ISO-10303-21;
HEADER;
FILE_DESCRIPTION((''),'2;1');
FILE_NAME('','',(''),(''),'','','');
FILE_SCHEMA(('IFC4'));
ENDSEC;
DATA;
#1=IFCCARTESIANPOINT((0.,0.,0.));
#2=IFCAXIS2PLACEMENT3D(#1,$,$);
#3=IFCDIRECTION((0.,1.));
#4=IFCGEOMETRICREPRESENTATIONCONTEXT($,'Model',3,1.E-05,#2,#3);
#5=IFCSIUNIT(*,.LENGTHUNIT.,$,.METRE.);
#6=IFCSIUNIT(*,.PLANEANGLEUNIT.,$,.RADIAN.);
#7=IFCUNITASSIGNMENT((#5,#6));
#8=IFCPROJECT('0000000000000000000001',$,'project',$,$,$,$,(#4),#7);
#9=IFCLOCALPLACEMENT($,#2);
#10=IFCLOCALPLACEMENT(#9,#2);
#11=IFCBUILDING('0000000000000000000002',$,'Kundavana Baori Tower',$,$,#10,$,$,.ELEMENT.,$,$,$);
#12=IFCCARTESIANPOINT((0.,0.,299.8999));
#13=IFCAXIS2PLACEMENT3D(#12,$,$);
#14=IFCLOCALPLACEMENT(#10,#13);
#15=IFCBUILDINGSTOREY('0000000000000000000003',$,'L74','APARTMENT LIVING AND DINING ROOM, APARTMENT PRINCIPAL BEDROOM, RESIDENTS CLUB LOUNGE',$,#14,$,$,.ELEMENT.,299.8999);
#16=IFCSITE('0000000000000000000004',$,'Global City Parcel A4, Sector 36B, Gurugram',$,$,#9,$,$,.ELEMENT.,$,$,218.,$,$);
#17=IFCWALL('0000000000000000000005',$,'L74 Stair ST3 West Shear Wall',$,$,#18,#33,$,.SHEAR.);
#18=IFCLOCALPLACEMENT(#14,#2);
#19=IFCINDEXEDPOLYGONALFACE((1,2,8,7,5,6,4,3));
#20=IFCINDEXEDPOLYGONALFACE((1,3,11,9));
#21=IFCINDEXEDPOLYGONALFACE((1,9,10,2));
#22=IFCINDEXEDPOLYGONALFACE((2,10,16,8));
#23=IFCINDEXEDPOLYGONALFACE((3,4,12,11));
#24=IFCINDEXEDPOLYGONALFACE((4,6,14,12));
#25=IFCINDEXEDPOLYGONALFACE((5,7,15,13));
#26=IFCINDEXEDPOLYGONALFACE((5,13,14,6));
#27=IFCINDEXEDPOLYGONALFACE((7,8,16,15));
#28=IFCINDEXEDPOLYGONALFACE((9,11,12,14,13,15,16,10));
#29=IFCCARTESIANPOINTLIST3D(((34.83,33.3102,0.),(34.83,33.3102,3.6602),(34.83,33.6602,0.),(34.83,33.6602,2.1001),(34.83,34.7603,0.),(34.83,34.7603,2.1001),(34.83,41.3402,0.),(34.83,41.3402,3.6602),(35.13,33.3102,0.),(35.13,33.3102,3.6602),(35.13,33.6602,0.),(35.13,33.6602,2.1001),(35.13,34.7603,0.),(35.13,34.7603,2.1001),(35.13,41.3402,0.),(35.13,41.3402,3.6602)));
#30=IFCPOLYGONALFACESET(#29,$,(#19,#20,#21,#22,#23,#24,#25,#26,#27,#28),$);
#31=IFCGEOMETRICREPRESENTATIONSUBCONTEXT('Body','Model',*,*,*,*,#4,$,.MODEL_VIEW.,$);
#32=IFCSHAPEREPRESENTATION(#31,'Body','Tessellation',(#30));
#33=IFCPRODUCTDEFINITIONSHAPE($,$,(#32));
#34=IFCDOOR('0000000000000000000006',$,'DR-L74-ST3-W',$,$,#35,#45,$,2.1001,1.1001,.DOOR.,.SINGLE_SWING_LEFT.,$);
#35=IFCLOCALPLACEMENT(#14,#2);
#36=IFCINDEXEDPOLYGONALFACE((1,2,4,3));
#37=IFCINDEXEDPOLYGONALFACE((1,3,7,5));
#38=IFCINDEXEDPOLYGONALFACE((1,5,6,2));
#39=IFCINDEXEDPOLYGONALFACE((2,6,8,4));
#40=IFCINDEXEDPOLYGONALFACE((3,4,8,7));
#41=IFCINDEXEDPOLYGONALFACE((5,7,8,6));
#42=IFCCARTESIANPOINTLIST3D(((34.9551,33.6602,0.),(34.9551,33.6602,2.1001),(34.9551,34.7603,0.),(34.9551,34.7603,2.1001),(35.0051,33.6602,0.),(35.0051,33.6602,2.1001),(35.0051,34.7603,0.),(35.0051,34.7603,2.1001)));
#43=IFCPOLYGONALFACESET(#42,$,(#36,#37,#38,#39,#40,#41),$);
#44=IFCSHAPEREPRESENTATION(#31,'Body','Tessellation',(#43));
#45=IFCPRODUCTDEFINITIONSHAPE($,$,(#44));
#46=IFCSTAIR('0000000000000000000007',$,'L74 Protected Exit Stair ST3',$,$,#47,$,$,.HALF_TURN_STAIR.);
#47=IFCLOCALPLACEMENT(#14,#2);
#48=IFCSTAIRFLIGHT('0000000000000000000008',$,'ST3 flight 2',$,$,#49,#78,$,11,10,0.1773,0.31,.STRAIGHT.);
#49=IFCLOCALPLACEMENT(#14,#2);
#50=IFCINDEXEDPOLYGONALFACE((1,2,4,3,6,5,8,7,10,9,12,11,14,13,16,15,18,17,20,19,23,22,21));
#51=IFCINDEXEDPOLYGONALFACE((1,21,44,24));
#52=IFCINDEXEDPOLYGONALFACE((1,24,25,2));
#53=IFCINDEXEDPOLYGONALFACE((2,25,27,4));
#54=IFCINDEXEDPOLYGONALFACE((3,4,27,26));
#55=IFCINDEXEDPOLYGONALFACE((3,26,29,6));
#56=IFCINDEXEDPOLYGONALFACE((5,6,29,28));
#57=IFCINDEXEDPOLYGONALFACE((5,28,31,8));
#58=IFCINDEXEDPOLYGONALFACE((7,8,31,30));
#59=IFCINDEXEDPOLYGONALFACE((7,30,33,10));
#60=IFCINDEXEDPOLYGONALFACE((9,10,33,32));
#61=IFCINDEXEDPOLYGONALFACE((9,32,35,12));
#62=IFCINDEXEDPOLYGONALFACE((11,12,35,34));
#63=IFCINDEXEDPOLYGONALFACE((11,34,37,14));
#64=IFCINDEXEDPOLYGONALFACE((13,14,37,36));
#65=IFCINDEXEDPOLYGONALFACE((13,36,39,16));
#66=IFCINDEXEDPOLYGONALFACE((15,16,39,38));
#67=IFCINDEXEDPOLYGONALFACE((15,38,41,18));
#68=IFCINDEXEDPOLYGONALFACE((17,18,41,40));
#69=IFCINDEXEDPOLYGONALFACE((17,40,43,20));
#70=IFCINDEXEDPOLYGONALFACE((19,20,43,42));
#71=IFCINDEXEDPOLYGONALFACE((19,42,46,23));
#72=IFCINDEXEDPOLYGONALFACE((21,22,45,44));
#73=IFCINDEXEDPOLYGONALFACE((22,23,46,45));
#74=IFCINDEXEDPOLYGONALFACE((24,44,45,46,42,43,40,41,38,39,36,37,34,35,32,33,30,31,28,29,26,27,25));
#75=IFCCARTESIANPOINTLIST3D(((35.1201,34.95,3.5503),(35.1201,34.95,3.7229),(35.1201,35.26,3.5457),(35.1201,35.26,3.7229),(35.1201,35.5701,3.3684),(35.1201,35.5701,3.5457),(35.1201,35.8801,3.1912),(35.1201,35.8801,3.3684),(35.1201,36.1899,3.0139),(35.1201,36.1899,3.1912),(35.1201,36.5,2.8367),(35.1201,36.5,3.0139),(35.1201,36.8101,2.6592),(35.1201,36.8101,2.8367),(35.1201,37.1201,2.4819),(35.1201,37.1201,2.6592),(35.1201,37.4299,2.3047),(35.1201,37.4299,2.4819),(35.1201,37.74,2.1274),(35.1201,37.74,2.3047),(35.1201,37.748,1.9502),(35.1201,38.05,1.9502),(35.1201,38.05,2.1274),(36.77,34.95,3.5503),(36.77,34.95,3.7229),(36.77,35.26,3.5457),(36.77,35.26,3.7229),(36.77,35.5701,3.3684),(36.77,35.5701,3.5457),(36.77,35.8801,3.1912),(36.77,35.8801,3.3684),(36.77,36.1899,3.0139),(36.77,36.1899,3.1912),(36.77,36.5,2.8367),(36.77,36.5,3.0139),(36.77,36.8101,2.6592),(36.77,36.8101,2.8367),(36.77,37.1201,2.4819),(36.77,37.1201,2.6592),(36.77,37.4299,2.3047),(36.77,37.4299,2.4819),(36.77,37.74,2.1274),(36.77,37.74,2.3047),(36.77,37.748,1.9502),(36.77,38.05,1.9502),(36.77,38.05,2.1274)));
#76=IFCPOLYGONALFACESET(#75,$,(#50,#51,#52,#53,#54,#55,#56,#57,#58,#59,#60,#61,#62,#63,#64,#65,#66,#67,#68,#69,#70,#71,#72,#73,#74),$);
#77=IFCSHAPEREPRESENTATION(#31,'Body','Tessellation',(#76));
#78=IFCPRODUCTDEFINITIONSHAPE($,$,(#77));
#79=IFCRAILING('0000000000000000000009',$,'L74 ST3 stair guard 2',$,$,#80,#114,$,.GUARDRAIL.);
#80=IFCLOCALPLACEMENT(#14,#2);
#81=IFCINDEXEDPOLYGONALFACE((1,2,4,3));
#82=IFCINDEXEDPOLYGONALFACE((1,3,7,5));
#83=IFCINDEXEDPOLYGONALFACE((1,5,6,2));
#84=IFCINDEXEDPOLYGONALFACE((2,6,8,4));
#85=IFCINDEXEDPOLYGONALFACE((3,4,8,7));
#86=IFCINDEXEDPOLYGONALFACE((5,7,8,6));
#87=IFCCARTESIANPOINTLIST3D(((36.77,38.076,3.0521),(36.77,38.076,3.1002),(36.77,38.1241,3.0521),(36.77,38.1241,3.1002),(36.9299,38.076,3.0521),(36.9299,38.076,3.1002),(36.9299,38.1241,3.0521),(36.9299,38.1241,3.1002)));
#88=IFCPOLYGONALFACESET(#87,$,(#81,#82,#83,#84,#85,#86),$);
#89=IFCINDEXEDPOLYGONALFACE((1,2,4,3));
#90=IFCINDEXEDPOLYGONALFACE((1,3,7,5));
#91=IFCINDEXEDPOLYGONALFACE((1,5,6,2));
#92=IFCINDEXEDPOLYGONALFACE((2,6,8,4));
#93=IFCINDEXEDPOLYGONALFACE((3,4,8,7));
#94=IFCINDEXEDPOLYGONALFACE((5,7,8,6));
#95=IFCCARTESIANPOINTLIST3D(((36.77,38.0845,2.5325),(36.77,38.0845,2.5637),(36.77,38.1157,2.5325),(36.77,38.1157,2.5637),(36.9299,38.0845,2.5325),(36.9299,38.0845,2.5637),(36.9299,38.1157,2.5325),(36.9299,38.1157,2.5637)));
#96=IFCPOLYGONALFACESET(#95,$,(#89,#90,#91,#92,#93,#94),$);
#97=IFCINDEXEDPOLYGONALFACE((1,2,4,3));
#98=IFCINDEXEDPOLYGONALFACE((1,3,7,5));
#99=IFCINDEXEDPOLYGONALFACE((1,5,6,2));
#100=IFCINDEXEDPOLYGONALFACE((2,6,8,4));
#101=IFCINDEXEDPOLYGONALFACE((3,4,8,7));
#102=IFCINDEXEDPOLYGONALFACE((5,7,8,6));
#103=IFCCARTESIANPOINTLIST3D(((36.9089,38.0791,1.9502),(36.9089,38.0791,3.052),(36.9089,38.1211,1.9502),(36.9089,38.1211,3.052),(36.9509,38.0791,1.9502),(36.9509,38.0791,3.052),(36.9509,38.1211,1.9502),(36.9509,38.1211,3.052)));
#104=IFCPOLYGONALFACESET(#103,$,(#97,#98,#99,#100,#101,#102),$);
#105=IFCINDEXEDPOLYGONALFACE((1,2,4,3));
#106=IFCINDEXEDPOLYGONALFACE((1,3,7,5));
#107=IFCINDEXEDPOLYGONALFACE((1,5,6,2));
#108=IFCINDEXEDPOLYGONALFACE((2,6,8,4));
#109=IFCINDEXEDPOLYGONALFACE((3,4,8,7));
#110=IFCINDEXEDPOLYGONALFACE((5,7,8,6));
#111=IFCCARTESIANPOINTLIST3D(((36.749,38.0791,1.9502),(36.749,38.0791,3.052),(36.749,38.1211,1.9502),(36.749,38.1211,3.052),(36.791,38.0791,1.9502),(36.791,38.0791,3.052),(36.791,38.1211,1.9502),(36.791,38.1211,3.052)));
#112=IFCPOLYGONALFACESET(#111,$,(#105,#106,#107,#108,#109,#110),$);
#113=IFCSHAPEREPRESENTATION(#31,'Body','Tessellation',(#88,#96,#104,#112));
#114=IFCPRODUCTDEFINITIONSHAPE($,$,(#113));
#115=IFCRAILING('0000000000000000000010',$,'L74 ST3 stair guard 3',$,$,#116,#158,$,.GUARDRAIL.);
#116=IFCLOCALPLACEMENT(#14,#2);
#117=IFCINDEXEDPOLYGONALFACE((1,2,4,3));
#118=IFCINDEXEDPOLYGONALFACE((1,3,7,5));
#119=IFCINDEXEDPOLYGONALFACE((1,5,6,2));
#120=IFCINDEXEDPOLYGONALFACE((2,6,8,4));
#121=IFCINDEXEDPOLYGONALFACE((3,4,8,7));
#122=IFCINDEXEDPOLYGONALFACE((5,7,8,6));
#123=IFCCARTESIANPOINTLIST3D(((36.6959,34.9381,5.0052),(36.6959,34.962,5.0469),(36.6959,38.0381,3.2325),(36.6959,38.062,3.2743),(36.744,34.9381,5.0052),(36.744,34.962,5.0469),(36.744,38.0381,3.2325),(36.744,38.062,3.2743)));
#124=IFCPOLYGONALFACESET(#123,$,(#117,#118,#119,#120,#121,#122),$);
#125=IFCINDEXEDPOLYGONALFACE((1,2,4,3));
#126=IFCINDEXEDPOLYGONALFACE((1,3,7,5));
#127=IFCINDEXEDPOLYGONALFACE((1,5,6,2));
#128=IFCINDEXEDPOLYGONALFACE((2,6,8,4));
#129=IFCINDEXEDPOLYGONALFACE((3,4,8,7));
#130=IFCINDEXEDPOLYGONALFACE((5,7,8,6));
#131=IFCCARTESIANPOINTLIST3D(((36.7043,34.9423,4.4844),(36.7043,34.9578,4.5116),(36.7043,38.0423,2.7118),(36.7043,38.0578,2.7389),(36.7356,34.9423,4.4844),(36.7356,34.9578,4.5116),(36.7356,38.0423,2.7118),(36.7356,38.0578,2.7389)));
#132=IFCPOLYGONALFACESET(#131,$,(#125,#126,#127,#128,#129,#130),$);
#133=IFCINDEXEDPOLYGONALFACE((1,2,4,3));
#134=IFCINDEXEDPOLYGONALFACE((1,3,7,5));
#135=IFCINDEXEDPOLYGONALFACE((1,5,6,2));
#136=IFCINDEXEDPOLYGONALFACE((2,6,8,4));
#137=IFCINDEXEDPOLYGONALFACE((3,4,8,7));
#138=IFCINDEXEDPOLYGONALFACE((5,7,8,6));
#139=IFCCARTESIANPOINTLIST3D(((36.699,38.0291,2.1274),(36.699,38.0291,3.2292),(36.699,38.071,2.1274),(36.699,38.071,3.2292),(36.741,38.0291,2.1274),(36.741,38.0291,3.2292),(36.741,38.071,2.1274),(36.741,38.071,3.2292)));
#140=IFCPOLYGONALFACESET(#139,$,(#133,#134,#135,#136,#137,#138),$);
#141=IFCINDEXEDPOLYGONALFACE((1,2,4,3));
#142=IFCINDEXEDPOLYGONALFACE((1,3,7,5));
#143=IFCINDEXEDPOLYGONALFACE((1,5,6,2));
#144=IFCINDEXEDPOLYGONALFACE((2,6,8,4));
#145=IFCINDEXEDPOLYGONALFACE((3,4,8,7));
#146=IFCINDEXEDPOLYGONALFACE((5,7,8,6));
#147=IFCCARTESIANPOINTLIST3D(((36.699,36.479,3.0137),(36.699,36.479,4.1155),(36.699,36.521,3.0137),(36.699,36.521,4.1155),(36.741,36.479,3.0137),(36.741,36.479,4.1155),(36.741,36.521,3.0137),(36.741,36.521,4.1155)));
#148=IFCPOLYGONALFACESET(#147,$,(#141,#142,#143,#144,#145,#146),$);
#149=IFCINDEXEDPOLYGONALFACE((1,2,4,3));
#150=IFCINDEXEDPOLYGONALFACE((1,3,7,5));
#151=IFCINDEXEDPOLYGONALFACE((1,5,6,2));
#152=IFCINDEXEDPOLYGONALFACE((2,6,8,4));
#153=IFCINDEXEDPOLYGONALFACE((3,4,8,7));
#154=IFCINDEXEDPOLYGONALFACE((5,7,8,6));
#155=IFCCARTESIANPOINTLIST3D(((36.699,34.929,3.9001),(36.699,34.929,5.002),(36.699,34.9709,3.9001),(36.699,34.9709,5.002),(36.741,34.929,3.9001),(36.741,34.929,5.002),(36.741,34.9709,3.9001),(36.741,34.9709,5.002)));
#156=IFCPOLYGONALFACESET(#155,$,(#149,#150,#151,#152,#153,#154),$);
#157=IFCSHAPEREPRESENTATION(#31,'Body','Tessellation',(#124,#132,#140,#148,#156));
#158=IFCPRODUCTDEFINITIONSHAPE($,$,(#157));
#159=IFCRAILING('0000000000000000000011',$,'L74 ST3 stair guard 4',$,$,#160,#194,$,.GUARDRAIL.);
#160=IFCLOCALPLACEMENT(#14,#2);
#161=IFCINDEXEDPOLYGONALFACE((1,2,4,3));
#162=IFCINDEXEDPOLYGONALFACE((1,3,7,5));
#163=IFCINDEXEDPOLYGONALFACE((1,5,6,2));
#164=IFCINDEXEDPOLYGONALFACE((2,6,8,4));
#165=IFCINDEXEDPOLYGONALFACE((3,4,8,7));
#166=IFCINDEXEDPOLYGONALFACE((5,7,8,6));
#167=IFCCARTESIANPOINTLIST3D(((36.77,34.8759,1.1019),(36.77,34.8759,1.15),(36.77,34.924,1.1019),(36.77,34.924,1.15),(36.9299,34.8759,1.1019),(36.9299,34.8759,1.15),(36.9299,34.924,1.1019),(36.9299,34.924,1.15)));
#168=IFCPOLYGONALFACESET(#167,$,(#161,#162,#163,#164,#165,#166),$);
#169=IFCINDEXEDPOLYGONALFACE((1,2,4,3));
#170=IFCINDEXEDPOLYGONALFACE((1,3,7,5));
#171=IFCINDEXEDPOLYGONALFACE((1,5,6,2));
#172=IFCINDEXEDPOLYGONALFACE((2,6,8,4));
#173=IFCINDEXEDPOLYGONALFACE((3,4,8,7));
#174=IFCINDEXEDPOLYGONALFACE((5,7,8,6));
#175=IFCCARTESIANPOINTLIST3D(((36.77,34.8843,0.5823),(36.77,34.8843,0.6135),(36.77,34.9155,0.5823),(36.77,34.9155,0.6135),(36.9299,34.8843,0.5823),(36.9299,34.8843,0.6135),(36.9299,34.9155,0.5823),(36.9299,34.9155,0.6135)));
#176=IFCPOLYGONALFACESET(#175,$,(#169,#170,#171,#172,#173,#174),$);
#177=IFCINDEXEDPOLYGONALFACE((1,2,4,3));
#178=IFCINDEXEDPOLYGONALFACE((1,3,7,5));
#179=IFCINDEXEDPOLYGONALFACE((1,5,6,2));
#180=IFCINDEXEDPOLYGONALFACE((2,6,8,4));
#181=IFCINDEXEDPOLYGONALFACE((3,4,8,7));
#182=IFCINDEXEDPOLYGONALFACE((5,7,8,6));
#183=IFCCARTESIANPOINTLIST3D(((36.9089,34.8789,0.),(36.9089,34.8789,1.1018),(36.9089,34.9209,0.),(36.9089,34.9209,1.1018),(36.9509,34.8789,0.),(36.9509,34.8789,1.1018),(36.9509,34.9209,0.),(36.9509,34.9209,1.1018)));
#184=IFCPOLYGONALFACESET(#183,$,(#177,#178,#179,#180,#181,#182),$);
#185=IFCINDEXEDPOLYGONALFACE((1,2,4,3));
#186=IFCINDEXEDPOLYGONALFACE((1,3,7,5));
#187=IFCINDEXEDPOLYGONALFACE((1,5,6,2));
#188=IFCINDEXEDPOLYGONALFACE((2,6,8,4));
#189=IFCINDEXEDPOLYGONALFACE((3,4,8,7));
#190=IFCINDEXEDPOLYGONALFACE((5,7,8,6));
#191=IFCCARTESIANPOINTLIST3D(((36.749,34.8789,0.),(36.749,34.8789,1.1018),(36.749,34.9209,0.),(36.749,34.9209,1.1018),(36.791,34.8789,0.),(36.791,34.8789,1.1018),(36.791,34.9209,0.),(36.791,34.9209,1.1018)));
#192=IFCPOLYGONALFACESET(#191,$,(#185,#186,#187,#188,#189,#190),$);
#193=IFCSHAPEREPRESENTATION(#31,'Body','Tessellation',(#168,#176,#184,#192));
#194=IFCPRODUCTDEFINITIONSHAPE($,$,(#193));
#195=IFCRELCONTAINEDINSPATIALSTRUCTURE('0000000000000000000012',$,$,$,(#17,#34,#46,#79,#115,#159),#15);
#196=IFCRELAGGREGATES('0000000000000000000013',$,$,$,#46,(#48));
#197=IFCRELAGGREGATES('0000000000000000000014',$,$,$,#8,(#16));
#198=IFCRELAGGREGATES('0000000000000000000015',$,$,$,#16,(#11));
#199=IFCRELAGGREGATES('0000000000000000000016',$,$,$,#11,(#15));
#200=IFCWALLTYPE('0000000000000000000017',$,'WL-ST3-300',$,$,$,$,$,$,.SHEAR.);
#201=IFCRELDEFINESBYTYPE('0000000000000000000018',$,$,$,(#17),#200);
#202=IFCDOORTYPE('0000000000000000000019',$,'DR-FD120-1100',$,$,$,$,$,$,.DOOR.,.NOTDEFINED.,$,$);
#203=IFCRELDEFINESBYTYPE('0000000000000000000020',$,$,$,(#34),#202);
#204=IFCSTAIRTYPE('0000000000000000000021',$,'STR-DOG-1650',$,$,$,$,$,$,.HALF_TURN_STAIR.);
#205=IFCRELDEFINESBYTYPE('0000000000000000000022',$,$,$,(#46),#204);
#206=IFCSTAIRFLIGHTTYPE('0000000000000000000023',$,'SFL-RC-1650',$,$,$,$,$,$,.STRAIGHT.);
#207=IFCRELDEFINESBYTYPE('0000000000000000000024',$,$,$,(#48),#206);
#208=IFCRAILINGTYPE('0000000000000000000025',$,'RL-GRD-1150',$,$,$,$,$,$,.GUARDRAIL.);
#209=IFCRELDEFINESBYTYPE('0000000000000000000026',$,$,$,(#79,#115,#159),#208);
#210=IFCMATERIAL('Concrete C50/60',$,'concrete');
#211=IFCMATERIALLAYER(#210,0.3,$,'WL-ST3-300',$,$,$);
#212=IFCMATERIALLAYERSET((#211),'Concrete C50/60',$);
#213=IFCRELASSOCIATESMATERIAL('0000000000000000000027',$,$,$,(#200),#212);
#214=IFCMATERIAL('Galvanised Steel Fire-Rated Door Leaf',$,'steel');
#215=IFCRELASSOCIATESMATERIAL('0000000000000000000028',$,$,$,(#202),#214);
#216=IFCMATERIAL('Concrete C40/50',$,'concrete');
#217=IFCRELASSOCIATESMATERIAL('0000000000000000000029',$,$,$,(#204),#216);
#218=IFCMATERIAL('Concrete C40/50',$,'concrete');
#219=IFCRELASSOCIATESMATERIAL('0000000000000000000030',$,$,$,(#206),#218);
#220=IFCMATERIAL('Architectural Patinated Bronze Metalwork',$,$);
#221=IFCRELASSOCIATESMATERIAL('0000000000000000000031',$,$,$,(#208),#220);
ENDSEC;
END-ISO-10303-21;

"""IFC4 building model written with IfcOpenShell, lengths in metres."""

from ifc_helpers import new_model, si_unit, direction, frame, frame_2d, origin, origin_2d, place, context, subcontext, project, spatial, polyline, rectangle, outline, extrude, material, layer, layer_set, type_object, element, fill, aggregate, save


model = new_model("IFC4")

# Units and contexts
model_context = context("Model", 3, precision=1e-05, world=origin(), true_north=direction((0.0, 1.0)))
body_context = subcontext(model_context, "Body", "Model", "MODEL_VIEW")
ifc_project = project(units=[si_unit("LENGTHUNIT", "METRE"), si_unit("PLANEANGLEUNIT", "RADIAN")], contexts=[model_context])

# Site, building, storey
site_placement = place(None, origin())
site = spatial("IfcSite", under=ifc_project, at=site_placement, Name="Global City Parcel A4, Sector 36B, Gurugram", CompositionType="ELEMENT", RefElevation=218.0)
building_placement = place(site_placement, origin())
building = spatial("IfcBuilding", under=site, at=building_placement, Name="Kundavana Baori Tower", CompositionType="ELEMENT")
storey_placement = place(building_placement, frame((0.0, 0.0, 299.8999)))
storey = spatial("IfcBuildingStorey", under=building, at=storey_placement, Name="L74", Description="APARTMENT LIVING AND DINING ROOM, APARTMENT PRINCIPAL BEDROOM, RESIDENTS CLUB LOUNGE", CompositionType="ELEMENT", Elevation=299.8999)

# Shared definitions
ifc_material_1 = material(Name="Concrete C50/60", Category="concrete")
ifc_layer_1 = layer(ifc_material_1, 0.3, Name="WL-ST3-300")
ifc_layer_set_1 = layer_set([ifc_layer_1], Name="Concrete C50/60")
wall_type_1 = type_object("IfcWallType", Name="WL-ST3-300", PredefinedType="SHEAR", material=ifc_layer_set_1)

# Wall, opening, door
wall_1_placement = place(storey_placement, frame((34.98, 33.3101, 0.0), z_axis=(0.0, 0.0, 1.0), x_axis=(0.0, 1.0, 0.0)))
wall_1 = element("IfcWall", 1, at=wall_1_placement, inside=storey, type_object=wall_type_1, Name="L74 Stair ST3 West Shear Wall", PredefinedType="SHEAR", context=body_context, shape_type="SweptSolid", body=[
    extrude(rectangle(XDim=8.03, YDim=0.3, at=frame_2d((4.0151, 0.0))), origin(), (0.0, 0.0, 1.0), 3.6602),
])
opening_1_placement = place(wall_1_placement, frame((0.3501, 0.0, 0.0)))
opening_1 = element("IfcOpeningElement", 2, at=opening_1_placement, cuts=wall_1, PredefinedType="OPENING", context=body_context, shape_type="SweptSolid", body=[
    extrude(rectangle(XDim=1.1001, YDim=2.1001, at=frame_2d((0.55, 1.05))), frame((0.0, 0.1602, 0.0), z_axis=(0.0, -1.0, 0.0), x_axis=(1.0, 0.0, 0.0)), (0.0, 0.0, 1.0), 0.3201),
])
ifc_material_2 = material(Name="Galvanised Steel Fire-Rated Door Leaf", Category="steel")
door_type_1 = type_object("IfcDoorType", Name="DR-FD120-1100", OperationType="NOTDEFINED", PredefinedType="DOOR", material=ifc_material_2)
door_1_placement = place(opening_1_placement, origin())
door_1 = element("IfcDoor", 3, at=door_1_placement, inside=storey, type_object=door_type_1, Name="DR-L74-ST3-W", OperationType="SINGLE_SWING_LEFT", OverallHeight=2.1001, OverallWidth=1.1001, PredefinedType="DOOR", context=body_context, shape_type="SweptSolid", body=[
    extrude(rectangle(XDim=1.1001, YDim=2.1001, at=frame_2d((0.55, 1.05))), frame((0.0, 0.0249, 0.0), z_axis=(0.0, -1.0, 0.0), x_axis=(1.0, 0.0, 0.0)), (0.0, 0.0, 1.0), 0.05),
])
fill(opening_1, door_1)

# Stair, stair flight
ifc_material_3 = material(Name="Concrete C40/50", Category="concrete")
stair_type = type_object("IfcStairType", Name="STR-DOG-1650", PredefinedType="HALF_TURN_STAIR", material=ifc_material_3)
stair_placement = place(storey_placement, origin())
stair = element("IfcStair", 4, at=stair_placement, inside=storey, type_object=stair_type, Name="L74 Protected Exit Stair ST3", PredefinedType="HALF_TURN_STAIR")
ifc_material_4 = material(Name="Concrete C40/50", Category="concrete")
stair_flight_type = type_object("IfcStairFlightType", Name="SFL-RC-1650", PredefinedType="STRAIGHT", material=ifc_material_4)
stair_flight_placement = place(storey_placement, frame((35.9451, 38.05, 1.9502), z_axis=(0.0, 0.0, 1.0), x_axis=(0.0, -1.0, 0.0)))
stair_flight = element("IfcStairFlight", 5, at=stair_flight_placement, type_object=stair_flight_type, Name="ST3 flight 2", NumberOfRisers=11, NumberOfTreads=10, PredefinedType="STRAIGHT", RiserHeight=0.1773, TreadLength=0.31, context=body_context, shape_type="SweptSolid", body=[
    extrude(outline(polyline([(0.0, 0.0), (0.0, 0.1772), (0.3101, 0.1772), (0.3101, 0.3545), (0.6201, 0.3545), (0.6201, 0.5317), (0.9299, 0.5317), (0.9299, 0.709), (1.24, 0.709), (1.24, 0.8865), (1.55, 0.8865), (1.55, 1.0637), (1.8601, 1.0637), (1.8601, 1.241), (2.1699, 1.241), (2.1699, 1.4182), (2.48, 1.4182), (2.48, 1.5955), (2.79, 1.5955), (2.79, 1.7727), (3.1001, 1.7727), (3.1001, 1.95), (3.1001, 1.6001), (0.302, 0.0), (0.0, 0.0)])), frame((0.0, 0.825, 0.0), z_axis=(0.0, -1.0, 0.0), x_axis=(1.0, 0.0, 0.0)), (0.0, 0.0, 1.0), 1.6499),
])
aggregate(stair, [stair_flight])

# Railings
ifc_material_5 = material(Name="Architectural Patinated Bronze Metalwork")
railing_type_1 = type_object("IfcRailingType", Name="RL-GRD-1150", PredefinedType="GUARDRAIL", material=ifc_material_5)
railing_1_placement = place(storey_placement, frame((36.9299, 38.1001, 1.9502)))
element("IfcRailing", 6, at=railing_1_placement, inside=storey, type_object=railing_type_1, Name="L74 ST3 stair guard 2", PredefinedType="GUARDRAIL", context=body_context, shape_type="SweptSolid", body=[
    extrude(rectangle(XDim=0.0481, YDim=0.0481, at=origin_2d()), frame((0.0, 0.0, 1.126), z_axis=(-1.0, 0.0, 0.0), x_axis=(0.0, -1.0, 0.0)), (0.0, 0.0, 1.0), 0.1599),
    extrude(rectangle(XDim=0.0312, YDim=0.0312, at=origin_2d()), frame((0.0, 0.0, 0.5979), z_axis=(-1.0, 0.0, 0.0), x_axis=(0.0, -1.0, 0.0)), (0.0, 0.0, 1.0), 0.1599),
    extrude(rectangle(XDim=0.042, YDim=0.042, at=origin_2d()), origin(), (0.0, 0.0, 1.0), 1.1018),
    extrude(rectangle(XDim=0.042, YDim=0.042, at=origin_2d()), frame((-0.1599, 0.0, 0.0)), (0.0, 0.0, 1.0), 1.1018),
])
railing_2_placement = place(storey_placement, frame((36.72, 38.05, 2.1274)))
element("IfcRailing", 7, at=railing_2_placement, inside=storey, type_object=railing_type_1, Name="L74 ST3 stair guard 3", PredefinedType="GUARDRAIL", context=body_context, shape_type="SweptSolid", body=[
    extrude(rectangle(XDim=0.0481, YDim=0.0481, at=origin_2d()), frame((0.0, 0.0, 1.126), z_axis=(0.0, -0.868096, 0.496397), x_axis=(1.0, 0.0, 0.0)), (0.0, 0.0, 1.0), 3.571),
    extrude(rectangle(XDim=0.0312, YDim=0.0312, at=origin_2d()), frame((0.0, 0.0, 0.5979), z_axis=(0.0, -0.868096, 0.496397), x_axis=(1.0, 0.0, 0.0)), (0.0, 0.0, 1.0), 3.571),
    extrude(rectangle(XDim=0.042, YDim=0.042, at=origin_2d()), origin(), (0.0, 0.0, 1.0), 1.1018),
    extrude(rectangle(XDim=0.042, YDim=0.042, at=origin_2d()), frame((0.0, -1.55, 0.8862)), (0.0, 0.0, 1.0), 1.1018),
    extrude(rectangle(XDim=0.042, YDim=0.042, at=origin_2d()), frame((0.0, -3.1001, 1.7727)), (0.0, 0.0, 1.0), 1.1018),
])
railing_3_placement = place(storey_placement, frame((36.9299, 34.8999, 0.0)))
element("IfcRailing", 8, at=railing_3_placement, inside=storey, type_object=railing_type_1, Name="L74 ST3 stair guard 4", PredefinedType="GUARDRAIL", context=body_context, shape_type="SweptSolid", body=[
    extrude(rectangle(XDim=0.0481, YDim=0.0481, at=origin_2d()), frame((0.0, 0.0, 1.126), z_axis=(-1.0, 0.0, 0.0), x_axis=(0.0, -1.0, 0.0)), (0.0, 0.0, 1.0), 0.1599),
    extrude(rectangle(XDim=0.0312, YDim=0.0312, at=origin_2d()), frame((0.0, 0.0, 0.5979), z_axis=(-1.0, 0.0, 0.0), x_axis=(0.0, -1.0, 0.0)), (0.0, 0.0, 1.0), 0.1599),
    extrude(rectangle(XDim=0.042, YDim=0.042, at=origin_2d()), origin(), (0.0, 0.0, 1.0), 1.1018),
    extrude(rectangle(XDim=0.042, YDim=0.042, at=origin_2d()), frame((-0.1599, 0.0, 0.0)), (0.0, 0.0, 1.0), 1.1018),
])

save(model, "model.ifc")
